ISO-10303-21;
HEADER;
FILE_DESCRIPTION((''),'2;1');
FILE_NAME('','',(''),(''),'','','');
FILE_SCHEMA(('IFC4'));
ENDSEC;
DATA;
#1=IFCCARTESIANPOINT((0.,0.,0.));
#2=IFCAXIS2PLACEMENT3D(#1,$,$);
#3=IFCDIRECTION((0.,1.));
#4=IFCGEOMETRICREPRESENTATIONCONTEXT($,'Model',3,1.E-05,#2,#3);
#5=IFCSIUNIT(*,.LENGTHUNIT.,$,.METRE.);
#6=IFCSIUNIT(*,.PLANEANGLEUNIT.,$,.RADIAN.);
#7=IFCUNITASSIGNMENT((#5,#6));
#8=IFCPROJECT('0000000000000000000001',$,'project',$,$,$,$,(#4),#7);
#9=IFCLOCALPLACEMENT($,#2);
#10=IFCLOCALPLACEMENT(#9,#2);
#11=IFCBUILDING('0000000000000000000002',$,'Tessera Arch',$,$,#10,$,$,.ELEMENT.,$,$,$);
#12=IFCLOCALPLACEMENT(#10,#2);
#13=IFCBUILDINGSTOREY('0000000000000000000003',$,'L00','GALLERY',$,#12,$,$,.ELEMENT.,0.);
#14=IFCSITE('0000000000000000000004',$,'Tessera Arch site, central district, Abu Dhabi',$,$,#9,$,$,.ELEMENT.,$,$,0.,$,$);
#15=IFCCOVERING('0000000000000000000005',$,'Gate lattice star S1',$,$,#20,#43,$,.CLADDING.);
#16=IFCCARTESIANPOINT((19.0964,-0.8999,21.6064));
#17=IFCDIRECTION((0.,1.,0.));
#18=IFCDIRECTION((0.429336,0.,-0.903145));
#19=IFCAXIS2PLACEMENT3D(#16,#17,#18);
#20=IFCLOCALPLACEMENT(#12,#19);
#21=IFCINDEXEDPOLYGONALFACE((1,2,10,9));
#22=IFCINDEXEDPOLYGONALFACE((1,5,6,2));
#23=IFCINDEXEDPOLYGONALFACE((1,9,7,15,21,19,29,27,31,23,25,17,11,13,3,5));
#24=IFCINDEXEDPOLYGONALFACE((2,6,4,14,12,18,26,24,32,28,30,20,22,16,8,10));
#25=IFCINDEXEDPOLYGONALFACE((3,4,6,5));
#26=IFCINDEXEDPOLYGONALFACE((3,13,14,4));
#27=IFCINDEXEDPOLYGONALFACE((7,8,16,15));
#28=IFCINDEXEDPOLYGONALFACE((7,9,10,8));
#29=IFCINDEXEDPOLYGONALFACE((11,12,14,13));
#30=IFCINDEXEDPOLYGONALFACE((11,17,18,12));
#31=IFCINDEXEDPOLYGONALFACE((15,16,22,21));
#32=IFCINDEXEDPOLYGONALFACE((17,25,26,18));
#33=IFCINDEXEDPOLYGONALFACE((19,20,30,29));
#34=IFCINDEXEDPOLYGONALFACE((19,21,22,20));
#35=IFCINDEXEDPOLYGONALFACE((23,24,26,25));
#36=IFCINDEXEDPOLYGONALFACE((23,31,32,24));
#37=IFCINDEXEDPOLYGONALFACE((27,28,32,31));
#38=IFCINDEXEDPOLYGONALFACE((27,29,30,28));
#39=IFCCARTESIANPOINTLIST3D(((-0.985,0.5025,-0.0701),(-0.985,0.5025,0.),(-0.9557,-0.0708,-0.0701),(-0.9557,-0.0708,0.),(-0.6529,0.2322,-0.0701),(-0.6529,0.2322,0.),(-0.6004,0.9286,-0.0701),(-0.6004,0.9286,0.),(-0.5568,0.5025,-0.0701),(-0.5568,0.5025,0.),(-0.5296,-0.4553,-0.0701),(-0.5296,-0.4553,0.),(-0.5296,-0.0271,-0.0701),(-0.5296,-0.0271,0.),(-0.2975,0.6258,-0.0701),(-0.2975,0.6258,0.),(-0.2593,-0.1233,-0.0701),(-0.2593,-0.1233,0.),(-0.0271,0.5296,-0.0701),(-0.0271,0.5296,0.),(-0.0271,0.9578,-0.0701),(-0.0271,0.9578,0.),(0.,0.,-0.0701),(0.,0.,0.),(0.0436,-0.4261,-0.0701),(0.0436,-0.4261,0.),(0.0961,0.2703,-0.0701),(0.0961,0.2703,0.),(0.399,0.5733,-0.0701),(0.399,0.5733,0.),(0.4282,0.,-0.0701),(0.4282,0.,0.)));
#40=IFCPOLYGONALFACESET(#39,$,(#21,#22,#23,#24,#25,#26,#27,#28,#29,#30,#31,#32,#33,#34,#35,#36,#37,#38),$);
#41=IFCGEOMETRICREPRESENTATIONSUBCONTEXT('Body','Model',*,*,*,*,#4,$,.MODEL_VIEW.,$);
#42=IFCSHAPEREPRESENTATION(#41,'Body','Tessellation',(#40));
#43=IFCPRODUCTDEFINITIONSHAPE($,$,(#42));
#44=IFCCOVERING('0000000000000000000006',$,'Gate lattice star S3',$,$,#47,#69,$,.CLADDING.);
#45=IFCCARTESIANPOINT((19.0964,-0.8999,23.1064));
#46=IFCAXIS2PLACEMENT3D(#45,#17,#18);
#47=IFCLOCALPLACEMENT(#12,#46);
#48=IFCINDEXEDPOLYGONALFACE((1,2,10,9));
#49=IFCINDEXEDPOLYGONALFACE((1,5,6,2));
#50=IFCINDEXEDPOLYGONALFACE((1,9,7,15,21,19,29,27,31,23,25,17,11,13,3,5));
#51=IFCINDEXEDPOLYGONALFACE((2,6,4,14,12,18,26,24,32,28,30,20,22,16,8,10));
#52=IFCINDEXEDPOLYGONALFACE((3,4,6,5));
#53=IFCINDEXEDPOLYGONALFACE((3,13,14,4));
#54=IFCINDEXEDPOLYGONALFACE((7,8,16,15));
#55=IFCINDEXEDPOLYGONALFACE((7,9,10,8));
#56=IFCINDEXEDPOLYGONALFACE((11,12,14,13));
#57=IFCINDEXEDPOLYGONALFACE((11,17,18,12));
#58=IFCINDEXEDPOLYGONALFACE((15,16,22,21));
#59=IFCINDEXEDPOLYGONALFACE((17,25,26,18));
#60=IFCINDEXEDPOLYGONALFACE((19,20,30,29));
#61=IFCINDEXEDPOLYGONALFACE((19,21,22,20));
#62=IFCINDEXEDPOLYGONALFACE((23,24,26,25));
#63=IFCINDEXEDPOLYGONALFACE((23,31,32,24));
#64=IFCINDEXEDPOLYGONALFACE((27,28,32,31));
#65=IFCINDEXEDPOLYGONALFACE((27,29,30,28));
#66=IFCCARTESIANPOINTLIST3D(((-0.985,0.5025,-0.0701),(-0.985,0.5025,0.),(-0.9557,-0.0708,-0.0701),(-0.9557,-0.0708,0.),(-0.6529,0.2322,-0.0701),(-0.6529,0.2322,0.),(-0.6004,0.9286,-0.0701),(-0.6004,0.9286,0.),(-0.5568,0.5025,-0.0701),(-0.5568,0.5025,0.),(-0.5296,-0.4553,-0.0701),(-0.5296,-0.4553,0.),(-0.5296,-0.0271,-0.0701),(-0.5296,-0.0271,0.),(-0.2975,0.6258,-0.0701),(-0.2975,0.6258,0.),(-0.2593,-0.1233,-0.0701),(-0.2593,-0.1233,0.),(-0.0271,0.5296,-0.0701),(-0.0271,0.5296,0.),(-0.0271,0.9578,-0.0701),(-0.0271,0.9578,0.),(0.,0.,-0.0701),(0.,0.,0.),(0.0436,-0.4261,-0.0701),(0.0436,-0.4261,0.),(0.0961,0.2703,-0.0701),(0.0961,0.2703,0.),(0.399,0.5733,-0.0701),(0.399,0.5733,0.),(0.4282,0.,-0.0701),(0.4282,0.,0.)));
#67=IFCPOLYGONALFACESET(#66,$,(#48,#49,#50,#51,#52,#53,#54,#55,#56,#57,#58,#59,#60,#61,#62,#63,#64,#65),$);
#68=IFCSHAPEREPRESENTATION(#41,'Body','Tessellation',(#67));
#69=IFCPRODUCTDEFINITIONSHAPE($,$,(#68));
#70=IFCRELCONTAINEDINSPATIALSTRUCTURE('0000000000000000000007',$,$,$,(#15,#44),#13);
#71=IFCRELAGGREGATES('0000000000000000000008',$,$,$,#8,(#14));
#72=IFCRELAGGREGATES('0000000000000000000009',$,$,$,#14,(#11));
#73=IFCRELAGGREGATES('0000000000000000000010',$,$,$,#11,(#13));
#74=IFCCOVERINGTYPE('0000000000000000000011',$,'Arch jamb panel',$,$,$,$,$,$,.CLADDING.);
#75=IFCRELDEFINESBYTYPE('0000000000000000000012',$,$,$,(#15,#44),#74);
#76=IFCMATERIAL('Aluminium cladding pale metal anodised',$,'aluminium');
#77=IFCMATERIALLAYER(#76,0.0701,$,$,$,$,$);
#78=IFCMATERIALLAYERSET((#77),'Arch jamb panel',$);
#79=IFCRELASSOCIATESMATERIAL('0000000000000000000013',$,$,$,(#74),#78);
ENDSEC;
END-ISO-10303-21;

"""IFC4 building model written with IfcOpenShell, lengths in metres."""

from ifc_helpers import new_model, si_unit, direction, frame, origin, place, context, subcontext, project, spatial, polyline, outline, extrude, material, layer, layer_set, type_object, element, save


model = new_model("IFC4")

# Units and contexts
model_context = context("Model", 3, precision=1e-05, world=origin(), true_north=direction((0.0, 1.0)))
body_context = subcontext(model_context, "Body", "Model", "MODEL_VIEW")
ifc_project = project(units=[si_unit("LENGTHUNIT", "METRE"), si_unit("PLANEANGLEUNIT", "RADIAN")], contexts=[model_context])

# Site, building, storey
site_placement = place(None, origin())
site = spatial("IfcSite", under=ifc_project, at=site_placement, Name="Tessera Arch site, central district, Abu Dhabi", CompositionType="ELEMENT", RefElevation=0.0)
building_placement = place(site_placement, origin())
building = spatial("IfcBuilding", under=site, at=building_placement, Name="Tessera Arch", CompositionType="ELEMENT")
storey_placement = place(building_placement, origin())
storey = spatial("IfcBuildingStorey", under=building, at=storey_placement, Name="L00", Description="GALLERY", CompositionType="ELEMENT", Elevation=0.0)

# Coverings
ifc_material = material(Name="Aluminium cladding pale metal anodised", Category="aluminium")
ifc_layer = layer(ifc_material, 0.0701)
ifc_layer_set = layer_set([ifc_layer], Name="Arch jamb panel")
covering_type = type_object("IfcCoveringType", Name="Arch jamb panel", PredefinedType="CLADDING", material=ifc_layer_set)
for number, where, z_axis, x_axis, name in (
    (1, (19.0964, -0.8999, 21.6064), (0.0, 1.0, 0.0), (0.429336, 0.0, -0.903145), "Gate lattice star S1"),
    (2, (19.0964, -0.8999, 23.1064), (0.0, 1.0, 0.0), (0.429336, 0.0, -0.903145), "Gate lattice star S3"),
):
    element("IfcCovering", number, at=place(storey_placement, frame(where, z_axis=z_axis, x_axis=x_axis)), inside=storey, type_object=covering_type, Name=name, PredefinedType="CLADDING", context=body_context, shape_type="SweptSolid", body=[
        extrude(outline(polyline([(0.0, 0.0), (0.4282, 0.0), (0.0961, 0.2703), (0.399, 0.5733), (-0.0271, 0.5296), (-0.0271, 0.9578), (-0.2975, 0.6258), (-0.6004, 0.9286), (-0.5568, 0.5025), (-0.985, 0.5025), (-0.6529, 0.2322), (-0.9557, -0.0708), (-0.5296, -0.0271), (-0.5296, -0.4553), (-0.2593, -0.1233), (0.0436, -0.4261), (0.0, 0.0)])), origin(), (0.0, 0.0, -1.0), 0.0701),
    ])

save(model, "model.ifc")
